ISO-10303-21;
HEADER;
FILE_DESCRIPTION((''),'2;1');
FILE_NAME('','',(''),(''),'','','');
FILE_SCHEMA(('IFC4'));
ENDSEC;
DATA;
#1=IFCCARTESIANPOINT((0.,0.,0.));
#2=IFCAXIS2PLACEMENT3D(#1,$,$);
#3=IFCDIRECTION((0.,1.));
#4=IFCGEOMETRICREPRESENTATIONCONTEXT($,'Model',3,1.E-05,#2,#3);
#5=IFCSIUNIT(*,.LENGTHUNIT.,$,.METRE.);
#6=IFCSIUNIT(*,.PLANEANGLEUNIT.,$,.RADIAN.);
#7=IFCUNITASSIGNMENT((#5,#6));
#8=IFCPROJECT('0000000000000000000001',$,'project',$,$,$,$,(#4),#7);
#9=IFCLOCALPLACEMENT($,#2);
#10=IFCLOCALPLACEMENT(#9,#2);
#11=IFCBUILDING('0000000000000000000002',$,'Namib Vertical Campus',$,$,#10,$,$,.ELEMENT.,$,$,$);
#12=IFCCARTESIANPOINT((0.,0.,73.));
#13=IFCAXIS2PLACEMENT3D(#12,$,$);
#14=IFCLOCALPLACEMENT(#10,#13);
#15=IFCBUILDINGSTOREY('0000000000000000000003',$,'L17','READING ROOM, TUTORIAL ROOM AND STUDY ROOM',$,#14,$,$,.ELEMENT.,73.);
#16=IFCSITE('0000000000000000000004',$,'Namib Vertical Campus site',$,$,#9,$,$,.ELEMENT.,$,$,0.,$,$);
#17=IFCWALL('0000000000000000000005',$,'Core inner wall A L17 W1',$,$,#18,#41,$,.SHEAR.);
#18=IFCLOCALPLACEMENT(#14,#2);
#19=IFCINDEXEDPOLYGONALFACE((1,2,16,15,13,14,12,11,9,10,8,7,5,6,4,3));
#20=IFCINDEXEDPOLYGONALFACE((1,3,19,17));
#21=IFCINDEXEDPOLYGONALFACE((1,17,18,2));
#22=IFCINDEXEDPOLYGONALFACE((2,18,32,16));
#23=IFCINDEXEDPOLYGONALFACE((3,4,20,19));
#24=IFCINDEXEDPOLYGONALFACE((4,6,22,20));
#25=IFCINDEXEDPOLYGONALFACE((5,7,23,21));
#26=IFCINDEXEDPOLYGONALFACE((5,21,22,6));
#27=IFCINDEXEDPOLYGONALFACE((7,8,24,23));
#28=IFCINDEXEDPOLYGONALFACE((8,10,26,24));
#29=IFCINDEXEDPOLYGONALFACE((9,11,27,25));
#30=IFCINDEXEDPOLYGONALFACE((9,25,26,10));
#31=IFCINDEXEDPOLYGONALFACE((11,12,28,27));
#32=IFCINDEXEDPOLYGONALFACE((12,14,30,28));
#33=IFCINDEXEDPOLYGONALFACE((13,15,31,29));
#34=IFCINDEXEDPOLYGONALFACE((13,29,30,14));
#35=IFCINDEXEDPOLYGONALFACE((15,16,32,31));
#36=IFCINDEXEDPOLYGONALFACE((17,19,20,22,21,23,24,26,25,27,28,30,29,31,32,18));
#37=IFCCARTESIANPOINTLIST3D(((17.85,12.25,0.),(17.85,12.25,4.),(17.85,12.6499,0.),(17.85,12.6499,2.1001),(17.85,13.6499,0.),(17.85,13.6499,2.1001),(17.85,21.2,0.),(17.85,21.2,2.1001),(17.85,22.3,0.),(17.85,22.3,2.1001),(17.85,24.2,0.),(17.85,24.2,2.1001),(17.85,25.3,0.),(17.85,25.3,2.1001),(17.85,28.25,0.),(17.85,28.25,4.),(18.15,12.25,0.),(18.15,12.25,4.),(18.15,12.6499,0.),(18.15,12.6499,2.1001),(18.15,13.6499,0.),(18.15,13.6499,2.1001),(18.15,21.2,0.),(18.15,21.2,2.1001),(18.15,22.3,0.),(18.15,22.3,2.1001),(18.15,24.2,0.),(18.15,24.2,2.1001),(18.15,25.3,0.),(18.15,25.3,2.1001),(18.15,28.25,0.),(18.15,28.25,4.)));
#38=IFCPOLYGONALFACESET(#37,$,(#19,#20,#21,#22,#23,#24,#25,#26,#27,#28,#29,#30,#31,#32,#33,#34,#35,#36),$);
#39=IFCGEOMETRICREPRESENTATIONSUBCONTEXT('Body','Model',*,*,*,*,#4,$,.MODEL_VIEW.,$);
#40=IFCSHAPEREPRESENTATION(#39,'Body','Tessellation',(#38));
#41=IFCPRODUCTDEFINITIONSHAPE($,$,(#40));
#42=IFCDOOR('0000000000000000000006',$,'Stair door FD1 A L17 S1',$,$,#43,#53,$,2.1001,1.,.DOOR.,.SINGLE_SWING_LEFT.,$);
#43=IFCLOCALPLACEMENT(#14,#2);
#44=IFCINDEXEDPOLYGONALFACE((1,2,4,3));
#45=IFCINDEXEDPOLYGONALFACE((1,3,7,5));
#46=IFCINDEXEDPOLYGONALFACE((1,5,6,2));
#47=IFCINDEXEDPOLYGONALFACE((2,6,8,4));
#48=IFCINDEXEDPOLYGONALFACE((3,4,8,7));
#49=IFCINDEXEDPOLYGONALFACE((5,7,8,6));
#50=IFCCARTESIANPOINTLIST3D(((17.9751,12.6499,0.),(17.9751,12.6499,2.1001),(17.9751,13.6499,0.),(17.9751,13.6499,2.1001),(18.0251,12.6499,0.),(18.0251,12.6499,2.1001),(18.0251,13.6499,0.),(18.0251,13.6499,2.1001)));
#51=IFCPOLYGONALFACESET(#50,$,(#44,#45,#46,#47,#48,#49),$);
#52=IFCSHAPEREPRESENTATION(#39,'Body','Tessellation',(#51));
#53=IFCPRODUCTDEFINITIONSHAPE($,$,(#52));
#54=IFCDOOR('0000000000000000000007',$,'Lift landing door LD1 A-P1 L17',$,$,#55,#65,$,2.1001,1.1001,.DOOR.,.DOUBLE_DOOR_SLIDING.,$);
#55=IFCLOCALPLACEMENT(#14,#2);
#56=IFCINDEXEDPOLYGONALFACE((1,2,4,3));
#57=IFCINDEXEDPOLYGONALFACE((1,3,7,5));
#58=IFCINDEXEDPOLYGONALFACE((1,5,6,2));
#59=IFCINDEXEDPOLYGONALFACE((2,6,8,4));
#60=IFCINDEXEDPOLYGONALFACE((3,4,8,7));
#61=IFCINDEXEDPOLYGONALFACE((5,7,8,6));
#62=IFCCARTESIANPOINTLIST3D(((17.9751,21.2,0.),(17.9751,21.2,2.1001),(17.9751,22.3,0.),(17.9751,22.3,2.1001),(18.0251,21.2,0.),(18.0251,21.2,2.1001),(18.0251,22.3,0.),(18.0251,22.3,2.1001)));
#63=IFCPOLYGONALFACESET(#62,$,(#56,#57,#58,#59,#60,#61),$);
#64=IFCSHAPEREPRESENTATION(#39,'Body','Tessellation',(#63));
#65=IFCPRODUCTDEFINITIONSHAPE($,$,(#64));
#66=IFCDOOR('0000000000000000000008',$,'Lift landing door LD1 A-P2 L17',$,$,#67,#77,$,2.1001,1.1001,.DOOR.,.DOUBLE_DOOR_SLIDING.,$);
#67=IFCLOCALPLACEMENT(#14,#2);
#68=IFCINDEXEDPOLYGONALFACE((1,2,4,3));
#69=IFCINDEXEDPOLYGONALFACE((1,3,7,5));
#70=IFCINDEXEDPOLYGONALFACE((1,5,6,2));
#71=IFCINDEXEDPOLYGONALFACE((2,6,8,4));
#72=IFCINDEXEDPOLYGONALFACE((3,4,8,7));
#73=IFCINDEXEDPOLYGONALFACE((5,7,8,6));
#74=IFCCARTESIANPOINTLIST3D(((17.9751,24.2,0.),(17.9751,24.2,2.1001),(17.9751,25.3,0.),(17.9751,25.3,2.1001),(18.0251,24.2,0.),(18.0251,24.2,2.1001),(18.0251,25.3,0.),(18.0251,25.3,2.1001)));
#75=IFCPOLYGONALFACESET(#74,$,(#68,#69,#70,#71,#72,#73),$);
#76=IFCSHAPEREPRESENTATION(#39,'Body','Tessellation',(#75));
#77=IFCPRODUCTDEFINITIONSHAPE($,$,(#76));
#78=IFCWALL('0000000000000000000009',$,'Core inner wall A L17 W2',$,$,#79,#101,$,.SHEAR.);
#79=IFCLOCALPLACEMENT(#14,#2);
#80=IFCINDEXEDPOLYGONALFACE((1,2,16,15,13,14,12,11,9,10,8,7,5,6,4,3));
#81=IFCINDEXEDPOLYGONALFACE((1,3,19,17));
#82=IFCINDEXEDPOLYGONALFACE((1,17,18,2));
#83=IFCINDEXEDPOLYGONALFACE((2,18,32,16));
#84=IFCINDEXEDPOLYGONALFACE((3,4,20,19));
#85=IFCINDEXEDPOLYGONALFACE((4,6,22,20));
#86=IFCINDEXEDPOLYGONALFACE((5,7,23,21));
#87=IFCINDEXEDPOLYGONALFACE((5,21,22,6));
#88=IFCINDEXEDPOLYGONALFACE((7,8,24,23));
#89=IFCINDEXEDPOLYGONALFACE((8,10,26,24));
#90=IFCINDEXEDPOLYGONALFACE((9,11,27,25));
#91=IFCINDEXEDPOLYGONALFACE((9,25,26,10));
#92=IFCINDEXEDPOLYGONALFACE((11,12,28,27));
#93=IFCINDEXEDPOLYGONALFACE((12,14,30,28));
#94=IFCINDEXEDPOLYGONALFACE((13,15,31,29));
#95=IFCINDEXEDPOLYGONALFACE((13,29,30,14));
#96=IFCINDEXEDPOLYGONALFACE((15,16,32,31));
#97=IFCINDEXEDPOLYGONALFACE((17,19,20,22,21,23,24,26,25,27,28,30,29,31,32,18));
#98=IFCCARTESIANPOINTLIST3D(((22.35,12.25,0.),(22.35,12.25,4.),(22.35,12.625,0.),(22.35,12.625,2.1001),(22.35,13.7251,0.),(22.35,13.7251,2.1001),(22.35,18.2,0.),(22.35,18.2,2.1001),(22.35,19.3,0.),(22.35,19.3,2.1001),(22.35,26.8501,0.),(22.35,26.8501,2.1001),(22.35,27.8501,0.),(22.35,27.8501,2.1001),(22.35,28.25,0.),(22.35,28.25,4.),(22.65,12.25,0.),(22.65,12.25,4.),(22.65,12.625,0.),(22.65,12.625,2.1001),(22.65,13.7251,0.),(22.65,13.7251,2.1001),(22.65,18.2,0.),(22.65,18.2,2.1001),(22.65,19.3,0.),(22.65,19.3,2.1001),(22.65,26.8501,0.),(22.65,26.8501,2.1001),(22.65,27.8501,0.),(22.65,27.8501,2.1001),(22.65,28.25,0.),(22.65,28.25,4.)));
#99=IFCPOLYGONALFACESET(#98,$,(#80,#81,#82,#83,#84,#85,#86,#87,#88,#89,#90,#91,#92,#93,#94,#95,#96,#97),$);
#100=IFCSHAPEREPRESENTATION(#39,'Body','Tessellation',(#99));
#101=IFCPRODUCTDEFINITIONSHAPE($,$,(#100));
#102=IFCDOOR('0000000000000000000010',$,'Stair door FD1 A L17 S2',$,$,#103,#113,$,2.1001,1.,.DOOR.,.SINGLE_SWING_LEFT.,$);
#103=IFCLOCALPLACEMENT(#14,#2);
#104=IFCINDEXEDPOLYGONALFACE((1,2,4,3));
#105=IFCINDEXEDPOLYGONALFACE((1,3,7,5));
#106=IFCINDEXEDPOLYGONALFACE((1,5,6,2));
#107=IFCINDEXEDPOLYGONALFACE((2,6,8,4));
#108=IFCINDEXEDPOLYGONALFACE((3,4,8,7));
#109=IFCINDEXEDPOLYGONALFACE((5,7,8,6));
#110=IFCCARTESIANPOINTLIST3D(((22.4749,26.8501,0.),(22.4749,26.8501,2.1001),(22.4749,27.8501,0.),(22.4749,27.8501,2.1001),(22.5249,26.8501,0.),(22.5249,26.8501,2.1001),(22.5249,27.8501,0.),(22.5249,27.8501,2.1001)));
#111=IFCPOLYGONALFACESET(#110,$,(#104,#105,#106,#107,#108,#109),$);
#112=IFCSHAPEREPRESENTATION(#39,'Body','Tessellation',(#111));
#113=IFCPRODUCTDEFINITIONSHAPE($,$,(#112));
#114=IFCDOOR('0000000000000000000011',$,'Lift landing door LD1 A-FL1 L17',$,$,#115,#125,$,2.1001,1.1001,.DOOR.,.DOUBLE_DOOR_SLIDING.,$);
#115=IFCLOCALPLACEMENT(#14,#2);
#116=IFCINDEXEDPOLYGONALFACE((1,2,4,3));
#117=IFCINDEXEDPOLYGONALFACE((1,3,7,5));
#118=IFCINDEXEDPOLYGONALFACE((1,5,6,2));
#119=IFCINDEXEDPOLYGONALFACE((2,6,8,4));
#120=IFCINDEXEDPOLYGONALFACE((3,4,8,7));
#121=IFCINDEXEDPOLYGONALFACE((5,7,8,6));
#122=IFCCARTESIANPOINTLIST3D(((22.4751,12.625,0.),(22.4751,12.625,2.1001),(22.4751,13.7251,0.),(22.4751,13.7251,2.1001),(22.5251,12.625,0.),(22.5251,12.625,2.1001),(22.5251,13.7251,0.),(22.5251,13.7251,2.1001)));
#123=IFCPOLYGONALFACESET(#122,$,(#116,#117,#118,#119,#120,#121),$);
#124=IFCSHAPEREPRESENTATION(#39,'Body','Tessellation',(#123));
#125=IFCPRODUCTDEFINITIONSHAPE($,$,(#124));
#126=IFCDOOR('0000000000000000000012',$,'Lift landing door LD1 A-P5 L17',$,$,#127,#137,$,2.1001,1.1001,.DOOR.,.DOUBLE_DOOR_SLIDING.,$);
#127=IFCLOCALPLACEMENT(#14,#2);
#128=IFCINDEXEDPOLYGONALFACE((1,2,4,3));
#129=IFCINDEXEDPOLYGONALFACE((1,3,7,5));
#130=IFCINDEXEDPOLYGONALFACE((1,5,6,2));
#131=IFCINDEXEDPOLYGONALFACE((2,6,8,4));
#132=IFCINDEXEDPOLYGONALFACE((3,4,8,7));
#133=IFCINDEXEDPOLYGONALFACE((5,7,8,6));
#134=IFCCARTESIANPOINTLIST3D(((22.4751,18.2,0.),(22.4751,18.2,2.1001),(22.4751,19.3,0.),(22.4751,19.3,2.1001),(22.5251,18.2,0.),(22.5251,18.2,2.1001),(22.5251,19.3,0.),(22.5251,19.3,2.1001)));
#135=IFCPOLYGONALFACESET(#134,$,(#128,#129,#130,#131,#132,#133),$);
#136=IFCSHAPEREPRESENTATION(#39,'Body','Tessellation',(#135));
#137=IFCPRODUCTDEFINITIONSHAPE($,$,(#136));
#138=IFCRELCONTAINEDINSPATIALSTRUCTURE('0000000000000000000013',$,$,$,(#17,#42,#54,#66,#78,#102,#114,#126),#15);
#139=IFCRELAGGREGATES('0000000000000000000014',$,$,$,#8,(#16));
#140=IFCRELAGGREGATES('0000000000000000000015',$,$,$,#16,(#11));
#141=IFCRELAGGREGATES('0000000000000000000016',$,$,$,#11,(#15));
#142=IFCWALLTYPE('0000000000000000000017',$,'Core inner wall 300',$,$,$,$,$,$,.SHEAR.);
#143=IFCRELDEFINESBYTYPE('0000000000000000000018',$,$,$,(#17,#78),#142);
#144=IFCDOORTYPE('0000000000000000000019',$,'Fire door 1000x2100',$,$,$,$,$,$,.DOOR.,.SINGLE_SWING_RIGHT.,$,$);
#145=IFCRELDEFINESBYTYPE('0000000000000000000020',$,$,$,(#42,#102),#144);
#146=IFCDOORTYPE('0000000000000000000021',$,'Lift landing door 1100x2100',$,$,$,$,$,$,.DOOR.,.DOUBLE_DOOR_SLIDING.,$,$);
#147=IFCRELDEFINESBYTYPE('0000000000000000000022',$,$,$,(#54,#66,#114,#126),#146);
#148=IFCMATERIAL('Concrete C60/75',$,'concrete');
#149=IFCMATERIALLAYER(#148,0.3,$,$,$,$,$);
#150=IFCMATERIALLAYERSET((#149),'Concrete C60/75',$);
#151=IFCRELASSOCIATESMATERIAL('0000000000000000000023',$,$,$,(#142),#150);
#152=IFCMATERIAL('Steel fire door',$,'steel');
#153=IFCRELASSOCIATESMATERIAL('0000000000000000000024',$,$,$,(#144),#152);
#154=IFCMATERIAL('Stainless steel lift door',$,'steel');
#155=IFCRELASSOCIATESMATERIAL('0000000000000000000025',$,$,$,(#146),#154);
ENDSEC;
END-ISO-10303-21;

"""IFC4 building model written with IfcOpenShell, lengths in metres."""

from ifc_helpers import new_model, si_unit, direction, frame, frame_2d, origin, place, context, subcontext, project, spatial, rectangle, extrude, material, layer, layer_set, type_object, element, fill, save


model = new_model("IFC4")

# Units and contexts
model_context = context("Model", 3, precision=1e-05, world=origin(), true_north=direction((0.0, 1.0)))
body_context = subcontext(model_context, "Body", "Model", "MODEL_VIEW")
ifc_project = project(units=[si_unit("LENGTHUNIT", "METRE"), si_unit("PLANEANGLEUNIT", "RADIAN")], contexts=[model_context])

# Site, building, storey
site_placement = place(None, origin())
site = spatial("IfcSite", under=ifc_project, at=site_placement, Name="Namib Vertical Campus site", CompositionType="ELEMENT", RefElevation=0.0)
building_placement = place(site_placement, origin())
building = spatial("IfcBuilding", under=site, at=building_placement, Name="Namib Vertical Campus", CompositionType="ELEMENT")
storey_placement = place(building_placement, frame((0.0, 0.0, 73.0)))
storey = spatial("IfcBuildingStorey", under=building, at=storey_placement, Name="L17", Description="READING ROOM, TUTORIAL ROOM AND STUDY ROOM", CompositionType="ELEMENT", Elevation=73.0)

# Walls, openings, doors
ifc_material_1 = material(Name="Concrete C60/75", Category="concrete")
ifc_layer_1 = layer(ifc_material_1, 0.3)
ifc_layer_set_1 = layer_set([ifc_layer_1], Name="Concrete C60/75")
wall_type_1 = type_object("IfcWallType", Name="Core inner wall 300", PredefinedType="SHEAR", material=ifc_layer_set_1)
wall_1_placement = place(storey_placement, frame((18.0, 12.25, 0.0), z_axis=(0.0, 0.0, 1.0), x_axis=(0.0, 1.0, 0.0)))
wall_1 = element("IfcWall", 1, at=wall_1_placement, inside=storey, type_object=wall_type_1, Name="Core inner wall A L17 W1", PredefinedType="SHEAR", context=body_context, shape_type="SweptSolid", body=[
    extrude(rectangle(XDim=16.0, YDim=0.3, at=frame_2d((8.0, 0.0))), origin(), (0.0, 0.0, 1.0), 4.0),
])
opening_1_placement = place(wall_1_placement, frame((0.3999, 0.0, 0.0)))
opening_1 = element("IfcOpeningElement", 2, at=opening_1_placement, cuts=wall_1, PredefinedType="OPENING", context=body_context, shape_type="SweptSolid", body=[
    extrude(rectangle(XDim=1.0, YDim=2.1001, at=frame_2d((0.5, 1.05))), frame((0.0, 0.1599, 0.0), z_axis=(0.0, -1.0, 0.0), x_axis=(1.0, 0.0, 0.0)), (0.0, 0.0, 1.0), 0.3201),
])
opening_2_placement = place(wall_1_placement, frame((8.95, 0.0, 0.0)))
opening_2 = element("IfcOpeningElement", 3, at=opening_2_placement, cuts=wall_1, PredefinedType="OPENING", context=body_context, shape_type="SweptSolid", body=[
    extrude(rectangle(XDim=1.1001, YDim=2.1001, at=frame_2d((0.55, 1.05))), frame((0.0, 0.1599, 0.0), z_axis=(0.0, -1.0, 0.0), x_axis=(1.0, 0.0, 0.0)), (0.0, 0.0, 1.0), 0.3201),
])
opening_3_placement = place(wall_1_placement, frame((11.95, 0.0, 0.0)))
opening_3 = element("IfcOpeningElement", 4, at=opening_3_placement, cuts=wall_1, PredefinedType="OPENING", context=body_context, shape_type="SweptSolid", body=[
    extrude(rectangle(XDim=1.1001, YDim=2.1001, at=frame_2d((0.55, 1.05))), frame((0.0, 0.1599, 0.0), z_axis=(0.0, -1.0, 0.0), x_axis=(1.0, 0.0, 0.0)), (0.0, 0.0, 1.0), 0.3201),
])
ifc_material_2 = material(Name="Steel fire door", Category="steel")
door_type_1 = type_object("IfcDoorType", Name="Fire door 1000x2100", OperationType="SINGLE_SWING_RIGHT", PredefinedType="DOOR", material=ifc_material_2)
door_1_placement = place(opening_1_placement, origin())
door_1 = element("IfcDoor", 5, at=door_1_placement, inside=storey, type_object=door_type_1, Name="Stair door FD1 A L17 S1", OperationType="SINGLE_SWING_LEFT", OverallHeight=2.1001, OverallWidth=1.0, PredefinedType="DOOR", context=body_context, shape_type="SweptSolid", body=[
    extrude(rectangle(XDim=1.0, YDim=2.1001, at=frame_2d((0.5, 1.05))), frame((0.0, 0.0249, 0.0), z_axis=(0.0, -1.0, 0.0), x_axis=(1.0, 0.0, 0.0)), (0.0, 0.0, 1.0), 0.05),
])
fill(opening_1, door_1)
ifc_material_3 = material(Name="Stainless steel lift door", Category="steel")
door_type_2 = type_object("IfcDoorType", Name="Lift landing door 1100x2100", OperationType="DOUBLE_DOOR_SLIDING", PredefinedType="DOOR", material=ifc_material_3)
door_2_placement = place(opening_2_placement, origin())
door_2 = element("IfcDoor", 6, at=door_2_placement, inside=storey, type_object=door_type_2, Name="Lift landing door LD1 A-P1 L17", OperationType="DOUBLE_DOOR_SLIDING", OverallHeight=2.1001, OverallWidth=1.1001, PredefinedType="DOOR", context=body_context, shape_type="SweptSolid", body=[
    extrude(rectangle(XDim=1.1001, YDim=2.1001, at=frame_2d((0.55, 1.05))), frame((0.0, 0.0249, 0.0), z_axis=(0.0, -1.0, 0.0), x_axis=(1.0, 0.0, 0.0)), (0.0, 0.0, 1.0), 0.05),
])
fill(opening_2, door_2)
door_3_placement = place(opening_3_placement, origin())
door_3 = element("IfcDoor", 7, at=door_3_placement, inside=storey, type_object=door_type_2, Name="Lift landing door LD1 A-P2 L17", OperationType="DOUBLE_DOOR_SLIDING", OverallHeight=2.1001, OverallWidth=1.1001, PredefinedType="DOOR", context=body_context, shape_type="SweptSolid", body=[
    extrude(rectangle(XDim=1.1001, YDim=2.1001, at=frame_2d((0.55, 1.05))), frame((0.0, 0.0249, 0.0), z_axis=(0.0, -1.0, 0.0), x_axis=(1.0, 0.0, 0.0)), (0.0, 0.0, 1.0), 0.05),
])
fill(opening_3, door_3)
wall_2_placement = place(storey_placement, frame((22.5, 12.25, 0.0), z_axis=(0.0, 0.0, 1.0), x_axis=(0.0, 1.0, 0.0)))
wall_2 = element("IfcWall", 8, at=wall_2_placement, inside=storey, type_object=wall_type_1, Name="Core inner wall A L17 W2", PredefinedType="SHEAR", context=body_context, shape_type="SweptSolid", body=[
    extrude(rectangle(XDim=16.0, YDim=0.3, at=frame_2d((8.0, 0.0))), origin(), (0.0, 0.0, 1.0), 4.0),
])
opening_4_placement = place(wall_2_placement, frame((14.6001, 0.0, 0.0)))
opening_4 = element("IfcOpeningElement", 9, at=opening_4_placement, cuts=wall_2, PredefinedType="OPENING", context=body_context, shape_type="SweptSolid", body=[
    extrude(rectangle(XDim=1.0, YDim=2.1001, at=frame_2d((0.5, 1.05))), frame((0.0, 0.1599, 0.0), z_axis=(0.0, -1.0, 0.0), x_axis=(1.0, 0.0, 0.0)), (0.0, 0.0, 1.0), 0.3201),
])
opening_5_placement = place(wall_2_placement, frame((0.375, 0.0, 0.0)))
opening_5 = element("IfcOpeningElement", 10, at=opening_5_placement, cuts=wall_2, PredefinedType="OPENING", context=body_context, shape_type="SweptSolid", body=[
    extrude(rectangle(XDim=1.1001, YDim=2.1001, at=frame_2d((0.55, 1.05))), frame((0.0, 0.1599, 0.0), z_axis=(0.0, -1.0, 0.0), x_axis=(1.0, 0.0, 0.0)), (0.0, 0.0, 1.0), 0.3201),
])
opening_6_placement = place(wall_2_placement, frame((5.95, 0.0, 0.0)))
opening_6 = element("IfcOpeningElement", 11, at=opening_6_placement, cuts=wall_2, PredefinedType="OPENING", context=body_context, shape_type="SweptSolid", body=[
    extrude(rectangle(XDim=1.1001, YDim=2.1001, at=frame_2d((0.55, 1.05))), frame((0.0, 0.1599, 0.0), z_axis=(0.0, -1.0, 0.0), x_axis=(1.0, 0.0, 0.0)), (0.0, 0.0, 1.0), 0.3201),
])
door_4_placement = place(opening_4_placement, frame((1.0, 0.0, 0.0), z_axis=(0.0, 0.0, 1.0), x_axis=(-1.0, 0.0, 0.0)))
door_4 = element("IfcDoor", 12, at=door_4_placement, inside=storey, type_object=door_type_1, Name="Stair door FD1 A L17 S2", OperationType="SINGLE_SWING_LEFT", OverallHeight=2.1001, OverallWidth=1.0, PredefinedType="DOOR", context=body_context, shape_type="SweptSolid", body=[
    extrude(rectangle(XDim=1.0, YDim=2.1001, at=frame_2d((0.5, 1.05))), frame((0.0, 0.0249, 0.0), z_axis=(0.0, -1.0, 0.0), x_axis=(1.0, 0.0, 0.0)), (0.0, 0.0, 1.0), 0.05),
])
fill(opening_4, door_4)
door_5_placement = place(opening_5_placement, origin())
door_5 = element("IfcDoor", 13, at=door_5_placement, inside=storey, type_object=door_type_2, Name="Lift landing door LD1 A-FL1 L17", OperationType="DOUBLE_DOOR_SLIDING", OverallHeight=2.1001, OverallWidth=1.1001, PredefinedType="DOOR", context=body_context, shape_type="SweptSolid", body=[
    extrude(rectangle(XDim=1.1001, YDim=2.1001, at=frame_2d((0.55, 1.05))), frame((0.0, 0.0249, 0.0), z_axis=(0.0, -1.0, 0.0), x_axis=(1.0, 0.0, 0.0)), (0.0, 0.0, 1.0), 0.05),
])
fill(opening_5, door_5)
door_6_placement = place(opening_6_placement, origin())
door_6 = element("IfcDoor", 14, at=door_6_placement, inside=storey, type_object=door_type_2, Name="Lift landing door LD1 A-P5 L17", OperationType="DOUBLE_DOOR_SLIDING", OverallHeight=2.1001, OverallWidth=1.1001, PredefinedType="DOOR", context=body_context, shape_type="SweptSolid", body=[
    extrude(rectangle(XDim=1.1001, YDim=2.1001, at=frame_2d((0.55, 1.05))), frame((0.0, 0.0249, 0.0), z_axis=(0.0, -1.0, 0.0), x_axis=(1.0, 0.0, 0.0)), (0.0, 0.0, 1.0), 0.05),
])
fill(opening_6, door_6)

save(model, "model.ifc")
